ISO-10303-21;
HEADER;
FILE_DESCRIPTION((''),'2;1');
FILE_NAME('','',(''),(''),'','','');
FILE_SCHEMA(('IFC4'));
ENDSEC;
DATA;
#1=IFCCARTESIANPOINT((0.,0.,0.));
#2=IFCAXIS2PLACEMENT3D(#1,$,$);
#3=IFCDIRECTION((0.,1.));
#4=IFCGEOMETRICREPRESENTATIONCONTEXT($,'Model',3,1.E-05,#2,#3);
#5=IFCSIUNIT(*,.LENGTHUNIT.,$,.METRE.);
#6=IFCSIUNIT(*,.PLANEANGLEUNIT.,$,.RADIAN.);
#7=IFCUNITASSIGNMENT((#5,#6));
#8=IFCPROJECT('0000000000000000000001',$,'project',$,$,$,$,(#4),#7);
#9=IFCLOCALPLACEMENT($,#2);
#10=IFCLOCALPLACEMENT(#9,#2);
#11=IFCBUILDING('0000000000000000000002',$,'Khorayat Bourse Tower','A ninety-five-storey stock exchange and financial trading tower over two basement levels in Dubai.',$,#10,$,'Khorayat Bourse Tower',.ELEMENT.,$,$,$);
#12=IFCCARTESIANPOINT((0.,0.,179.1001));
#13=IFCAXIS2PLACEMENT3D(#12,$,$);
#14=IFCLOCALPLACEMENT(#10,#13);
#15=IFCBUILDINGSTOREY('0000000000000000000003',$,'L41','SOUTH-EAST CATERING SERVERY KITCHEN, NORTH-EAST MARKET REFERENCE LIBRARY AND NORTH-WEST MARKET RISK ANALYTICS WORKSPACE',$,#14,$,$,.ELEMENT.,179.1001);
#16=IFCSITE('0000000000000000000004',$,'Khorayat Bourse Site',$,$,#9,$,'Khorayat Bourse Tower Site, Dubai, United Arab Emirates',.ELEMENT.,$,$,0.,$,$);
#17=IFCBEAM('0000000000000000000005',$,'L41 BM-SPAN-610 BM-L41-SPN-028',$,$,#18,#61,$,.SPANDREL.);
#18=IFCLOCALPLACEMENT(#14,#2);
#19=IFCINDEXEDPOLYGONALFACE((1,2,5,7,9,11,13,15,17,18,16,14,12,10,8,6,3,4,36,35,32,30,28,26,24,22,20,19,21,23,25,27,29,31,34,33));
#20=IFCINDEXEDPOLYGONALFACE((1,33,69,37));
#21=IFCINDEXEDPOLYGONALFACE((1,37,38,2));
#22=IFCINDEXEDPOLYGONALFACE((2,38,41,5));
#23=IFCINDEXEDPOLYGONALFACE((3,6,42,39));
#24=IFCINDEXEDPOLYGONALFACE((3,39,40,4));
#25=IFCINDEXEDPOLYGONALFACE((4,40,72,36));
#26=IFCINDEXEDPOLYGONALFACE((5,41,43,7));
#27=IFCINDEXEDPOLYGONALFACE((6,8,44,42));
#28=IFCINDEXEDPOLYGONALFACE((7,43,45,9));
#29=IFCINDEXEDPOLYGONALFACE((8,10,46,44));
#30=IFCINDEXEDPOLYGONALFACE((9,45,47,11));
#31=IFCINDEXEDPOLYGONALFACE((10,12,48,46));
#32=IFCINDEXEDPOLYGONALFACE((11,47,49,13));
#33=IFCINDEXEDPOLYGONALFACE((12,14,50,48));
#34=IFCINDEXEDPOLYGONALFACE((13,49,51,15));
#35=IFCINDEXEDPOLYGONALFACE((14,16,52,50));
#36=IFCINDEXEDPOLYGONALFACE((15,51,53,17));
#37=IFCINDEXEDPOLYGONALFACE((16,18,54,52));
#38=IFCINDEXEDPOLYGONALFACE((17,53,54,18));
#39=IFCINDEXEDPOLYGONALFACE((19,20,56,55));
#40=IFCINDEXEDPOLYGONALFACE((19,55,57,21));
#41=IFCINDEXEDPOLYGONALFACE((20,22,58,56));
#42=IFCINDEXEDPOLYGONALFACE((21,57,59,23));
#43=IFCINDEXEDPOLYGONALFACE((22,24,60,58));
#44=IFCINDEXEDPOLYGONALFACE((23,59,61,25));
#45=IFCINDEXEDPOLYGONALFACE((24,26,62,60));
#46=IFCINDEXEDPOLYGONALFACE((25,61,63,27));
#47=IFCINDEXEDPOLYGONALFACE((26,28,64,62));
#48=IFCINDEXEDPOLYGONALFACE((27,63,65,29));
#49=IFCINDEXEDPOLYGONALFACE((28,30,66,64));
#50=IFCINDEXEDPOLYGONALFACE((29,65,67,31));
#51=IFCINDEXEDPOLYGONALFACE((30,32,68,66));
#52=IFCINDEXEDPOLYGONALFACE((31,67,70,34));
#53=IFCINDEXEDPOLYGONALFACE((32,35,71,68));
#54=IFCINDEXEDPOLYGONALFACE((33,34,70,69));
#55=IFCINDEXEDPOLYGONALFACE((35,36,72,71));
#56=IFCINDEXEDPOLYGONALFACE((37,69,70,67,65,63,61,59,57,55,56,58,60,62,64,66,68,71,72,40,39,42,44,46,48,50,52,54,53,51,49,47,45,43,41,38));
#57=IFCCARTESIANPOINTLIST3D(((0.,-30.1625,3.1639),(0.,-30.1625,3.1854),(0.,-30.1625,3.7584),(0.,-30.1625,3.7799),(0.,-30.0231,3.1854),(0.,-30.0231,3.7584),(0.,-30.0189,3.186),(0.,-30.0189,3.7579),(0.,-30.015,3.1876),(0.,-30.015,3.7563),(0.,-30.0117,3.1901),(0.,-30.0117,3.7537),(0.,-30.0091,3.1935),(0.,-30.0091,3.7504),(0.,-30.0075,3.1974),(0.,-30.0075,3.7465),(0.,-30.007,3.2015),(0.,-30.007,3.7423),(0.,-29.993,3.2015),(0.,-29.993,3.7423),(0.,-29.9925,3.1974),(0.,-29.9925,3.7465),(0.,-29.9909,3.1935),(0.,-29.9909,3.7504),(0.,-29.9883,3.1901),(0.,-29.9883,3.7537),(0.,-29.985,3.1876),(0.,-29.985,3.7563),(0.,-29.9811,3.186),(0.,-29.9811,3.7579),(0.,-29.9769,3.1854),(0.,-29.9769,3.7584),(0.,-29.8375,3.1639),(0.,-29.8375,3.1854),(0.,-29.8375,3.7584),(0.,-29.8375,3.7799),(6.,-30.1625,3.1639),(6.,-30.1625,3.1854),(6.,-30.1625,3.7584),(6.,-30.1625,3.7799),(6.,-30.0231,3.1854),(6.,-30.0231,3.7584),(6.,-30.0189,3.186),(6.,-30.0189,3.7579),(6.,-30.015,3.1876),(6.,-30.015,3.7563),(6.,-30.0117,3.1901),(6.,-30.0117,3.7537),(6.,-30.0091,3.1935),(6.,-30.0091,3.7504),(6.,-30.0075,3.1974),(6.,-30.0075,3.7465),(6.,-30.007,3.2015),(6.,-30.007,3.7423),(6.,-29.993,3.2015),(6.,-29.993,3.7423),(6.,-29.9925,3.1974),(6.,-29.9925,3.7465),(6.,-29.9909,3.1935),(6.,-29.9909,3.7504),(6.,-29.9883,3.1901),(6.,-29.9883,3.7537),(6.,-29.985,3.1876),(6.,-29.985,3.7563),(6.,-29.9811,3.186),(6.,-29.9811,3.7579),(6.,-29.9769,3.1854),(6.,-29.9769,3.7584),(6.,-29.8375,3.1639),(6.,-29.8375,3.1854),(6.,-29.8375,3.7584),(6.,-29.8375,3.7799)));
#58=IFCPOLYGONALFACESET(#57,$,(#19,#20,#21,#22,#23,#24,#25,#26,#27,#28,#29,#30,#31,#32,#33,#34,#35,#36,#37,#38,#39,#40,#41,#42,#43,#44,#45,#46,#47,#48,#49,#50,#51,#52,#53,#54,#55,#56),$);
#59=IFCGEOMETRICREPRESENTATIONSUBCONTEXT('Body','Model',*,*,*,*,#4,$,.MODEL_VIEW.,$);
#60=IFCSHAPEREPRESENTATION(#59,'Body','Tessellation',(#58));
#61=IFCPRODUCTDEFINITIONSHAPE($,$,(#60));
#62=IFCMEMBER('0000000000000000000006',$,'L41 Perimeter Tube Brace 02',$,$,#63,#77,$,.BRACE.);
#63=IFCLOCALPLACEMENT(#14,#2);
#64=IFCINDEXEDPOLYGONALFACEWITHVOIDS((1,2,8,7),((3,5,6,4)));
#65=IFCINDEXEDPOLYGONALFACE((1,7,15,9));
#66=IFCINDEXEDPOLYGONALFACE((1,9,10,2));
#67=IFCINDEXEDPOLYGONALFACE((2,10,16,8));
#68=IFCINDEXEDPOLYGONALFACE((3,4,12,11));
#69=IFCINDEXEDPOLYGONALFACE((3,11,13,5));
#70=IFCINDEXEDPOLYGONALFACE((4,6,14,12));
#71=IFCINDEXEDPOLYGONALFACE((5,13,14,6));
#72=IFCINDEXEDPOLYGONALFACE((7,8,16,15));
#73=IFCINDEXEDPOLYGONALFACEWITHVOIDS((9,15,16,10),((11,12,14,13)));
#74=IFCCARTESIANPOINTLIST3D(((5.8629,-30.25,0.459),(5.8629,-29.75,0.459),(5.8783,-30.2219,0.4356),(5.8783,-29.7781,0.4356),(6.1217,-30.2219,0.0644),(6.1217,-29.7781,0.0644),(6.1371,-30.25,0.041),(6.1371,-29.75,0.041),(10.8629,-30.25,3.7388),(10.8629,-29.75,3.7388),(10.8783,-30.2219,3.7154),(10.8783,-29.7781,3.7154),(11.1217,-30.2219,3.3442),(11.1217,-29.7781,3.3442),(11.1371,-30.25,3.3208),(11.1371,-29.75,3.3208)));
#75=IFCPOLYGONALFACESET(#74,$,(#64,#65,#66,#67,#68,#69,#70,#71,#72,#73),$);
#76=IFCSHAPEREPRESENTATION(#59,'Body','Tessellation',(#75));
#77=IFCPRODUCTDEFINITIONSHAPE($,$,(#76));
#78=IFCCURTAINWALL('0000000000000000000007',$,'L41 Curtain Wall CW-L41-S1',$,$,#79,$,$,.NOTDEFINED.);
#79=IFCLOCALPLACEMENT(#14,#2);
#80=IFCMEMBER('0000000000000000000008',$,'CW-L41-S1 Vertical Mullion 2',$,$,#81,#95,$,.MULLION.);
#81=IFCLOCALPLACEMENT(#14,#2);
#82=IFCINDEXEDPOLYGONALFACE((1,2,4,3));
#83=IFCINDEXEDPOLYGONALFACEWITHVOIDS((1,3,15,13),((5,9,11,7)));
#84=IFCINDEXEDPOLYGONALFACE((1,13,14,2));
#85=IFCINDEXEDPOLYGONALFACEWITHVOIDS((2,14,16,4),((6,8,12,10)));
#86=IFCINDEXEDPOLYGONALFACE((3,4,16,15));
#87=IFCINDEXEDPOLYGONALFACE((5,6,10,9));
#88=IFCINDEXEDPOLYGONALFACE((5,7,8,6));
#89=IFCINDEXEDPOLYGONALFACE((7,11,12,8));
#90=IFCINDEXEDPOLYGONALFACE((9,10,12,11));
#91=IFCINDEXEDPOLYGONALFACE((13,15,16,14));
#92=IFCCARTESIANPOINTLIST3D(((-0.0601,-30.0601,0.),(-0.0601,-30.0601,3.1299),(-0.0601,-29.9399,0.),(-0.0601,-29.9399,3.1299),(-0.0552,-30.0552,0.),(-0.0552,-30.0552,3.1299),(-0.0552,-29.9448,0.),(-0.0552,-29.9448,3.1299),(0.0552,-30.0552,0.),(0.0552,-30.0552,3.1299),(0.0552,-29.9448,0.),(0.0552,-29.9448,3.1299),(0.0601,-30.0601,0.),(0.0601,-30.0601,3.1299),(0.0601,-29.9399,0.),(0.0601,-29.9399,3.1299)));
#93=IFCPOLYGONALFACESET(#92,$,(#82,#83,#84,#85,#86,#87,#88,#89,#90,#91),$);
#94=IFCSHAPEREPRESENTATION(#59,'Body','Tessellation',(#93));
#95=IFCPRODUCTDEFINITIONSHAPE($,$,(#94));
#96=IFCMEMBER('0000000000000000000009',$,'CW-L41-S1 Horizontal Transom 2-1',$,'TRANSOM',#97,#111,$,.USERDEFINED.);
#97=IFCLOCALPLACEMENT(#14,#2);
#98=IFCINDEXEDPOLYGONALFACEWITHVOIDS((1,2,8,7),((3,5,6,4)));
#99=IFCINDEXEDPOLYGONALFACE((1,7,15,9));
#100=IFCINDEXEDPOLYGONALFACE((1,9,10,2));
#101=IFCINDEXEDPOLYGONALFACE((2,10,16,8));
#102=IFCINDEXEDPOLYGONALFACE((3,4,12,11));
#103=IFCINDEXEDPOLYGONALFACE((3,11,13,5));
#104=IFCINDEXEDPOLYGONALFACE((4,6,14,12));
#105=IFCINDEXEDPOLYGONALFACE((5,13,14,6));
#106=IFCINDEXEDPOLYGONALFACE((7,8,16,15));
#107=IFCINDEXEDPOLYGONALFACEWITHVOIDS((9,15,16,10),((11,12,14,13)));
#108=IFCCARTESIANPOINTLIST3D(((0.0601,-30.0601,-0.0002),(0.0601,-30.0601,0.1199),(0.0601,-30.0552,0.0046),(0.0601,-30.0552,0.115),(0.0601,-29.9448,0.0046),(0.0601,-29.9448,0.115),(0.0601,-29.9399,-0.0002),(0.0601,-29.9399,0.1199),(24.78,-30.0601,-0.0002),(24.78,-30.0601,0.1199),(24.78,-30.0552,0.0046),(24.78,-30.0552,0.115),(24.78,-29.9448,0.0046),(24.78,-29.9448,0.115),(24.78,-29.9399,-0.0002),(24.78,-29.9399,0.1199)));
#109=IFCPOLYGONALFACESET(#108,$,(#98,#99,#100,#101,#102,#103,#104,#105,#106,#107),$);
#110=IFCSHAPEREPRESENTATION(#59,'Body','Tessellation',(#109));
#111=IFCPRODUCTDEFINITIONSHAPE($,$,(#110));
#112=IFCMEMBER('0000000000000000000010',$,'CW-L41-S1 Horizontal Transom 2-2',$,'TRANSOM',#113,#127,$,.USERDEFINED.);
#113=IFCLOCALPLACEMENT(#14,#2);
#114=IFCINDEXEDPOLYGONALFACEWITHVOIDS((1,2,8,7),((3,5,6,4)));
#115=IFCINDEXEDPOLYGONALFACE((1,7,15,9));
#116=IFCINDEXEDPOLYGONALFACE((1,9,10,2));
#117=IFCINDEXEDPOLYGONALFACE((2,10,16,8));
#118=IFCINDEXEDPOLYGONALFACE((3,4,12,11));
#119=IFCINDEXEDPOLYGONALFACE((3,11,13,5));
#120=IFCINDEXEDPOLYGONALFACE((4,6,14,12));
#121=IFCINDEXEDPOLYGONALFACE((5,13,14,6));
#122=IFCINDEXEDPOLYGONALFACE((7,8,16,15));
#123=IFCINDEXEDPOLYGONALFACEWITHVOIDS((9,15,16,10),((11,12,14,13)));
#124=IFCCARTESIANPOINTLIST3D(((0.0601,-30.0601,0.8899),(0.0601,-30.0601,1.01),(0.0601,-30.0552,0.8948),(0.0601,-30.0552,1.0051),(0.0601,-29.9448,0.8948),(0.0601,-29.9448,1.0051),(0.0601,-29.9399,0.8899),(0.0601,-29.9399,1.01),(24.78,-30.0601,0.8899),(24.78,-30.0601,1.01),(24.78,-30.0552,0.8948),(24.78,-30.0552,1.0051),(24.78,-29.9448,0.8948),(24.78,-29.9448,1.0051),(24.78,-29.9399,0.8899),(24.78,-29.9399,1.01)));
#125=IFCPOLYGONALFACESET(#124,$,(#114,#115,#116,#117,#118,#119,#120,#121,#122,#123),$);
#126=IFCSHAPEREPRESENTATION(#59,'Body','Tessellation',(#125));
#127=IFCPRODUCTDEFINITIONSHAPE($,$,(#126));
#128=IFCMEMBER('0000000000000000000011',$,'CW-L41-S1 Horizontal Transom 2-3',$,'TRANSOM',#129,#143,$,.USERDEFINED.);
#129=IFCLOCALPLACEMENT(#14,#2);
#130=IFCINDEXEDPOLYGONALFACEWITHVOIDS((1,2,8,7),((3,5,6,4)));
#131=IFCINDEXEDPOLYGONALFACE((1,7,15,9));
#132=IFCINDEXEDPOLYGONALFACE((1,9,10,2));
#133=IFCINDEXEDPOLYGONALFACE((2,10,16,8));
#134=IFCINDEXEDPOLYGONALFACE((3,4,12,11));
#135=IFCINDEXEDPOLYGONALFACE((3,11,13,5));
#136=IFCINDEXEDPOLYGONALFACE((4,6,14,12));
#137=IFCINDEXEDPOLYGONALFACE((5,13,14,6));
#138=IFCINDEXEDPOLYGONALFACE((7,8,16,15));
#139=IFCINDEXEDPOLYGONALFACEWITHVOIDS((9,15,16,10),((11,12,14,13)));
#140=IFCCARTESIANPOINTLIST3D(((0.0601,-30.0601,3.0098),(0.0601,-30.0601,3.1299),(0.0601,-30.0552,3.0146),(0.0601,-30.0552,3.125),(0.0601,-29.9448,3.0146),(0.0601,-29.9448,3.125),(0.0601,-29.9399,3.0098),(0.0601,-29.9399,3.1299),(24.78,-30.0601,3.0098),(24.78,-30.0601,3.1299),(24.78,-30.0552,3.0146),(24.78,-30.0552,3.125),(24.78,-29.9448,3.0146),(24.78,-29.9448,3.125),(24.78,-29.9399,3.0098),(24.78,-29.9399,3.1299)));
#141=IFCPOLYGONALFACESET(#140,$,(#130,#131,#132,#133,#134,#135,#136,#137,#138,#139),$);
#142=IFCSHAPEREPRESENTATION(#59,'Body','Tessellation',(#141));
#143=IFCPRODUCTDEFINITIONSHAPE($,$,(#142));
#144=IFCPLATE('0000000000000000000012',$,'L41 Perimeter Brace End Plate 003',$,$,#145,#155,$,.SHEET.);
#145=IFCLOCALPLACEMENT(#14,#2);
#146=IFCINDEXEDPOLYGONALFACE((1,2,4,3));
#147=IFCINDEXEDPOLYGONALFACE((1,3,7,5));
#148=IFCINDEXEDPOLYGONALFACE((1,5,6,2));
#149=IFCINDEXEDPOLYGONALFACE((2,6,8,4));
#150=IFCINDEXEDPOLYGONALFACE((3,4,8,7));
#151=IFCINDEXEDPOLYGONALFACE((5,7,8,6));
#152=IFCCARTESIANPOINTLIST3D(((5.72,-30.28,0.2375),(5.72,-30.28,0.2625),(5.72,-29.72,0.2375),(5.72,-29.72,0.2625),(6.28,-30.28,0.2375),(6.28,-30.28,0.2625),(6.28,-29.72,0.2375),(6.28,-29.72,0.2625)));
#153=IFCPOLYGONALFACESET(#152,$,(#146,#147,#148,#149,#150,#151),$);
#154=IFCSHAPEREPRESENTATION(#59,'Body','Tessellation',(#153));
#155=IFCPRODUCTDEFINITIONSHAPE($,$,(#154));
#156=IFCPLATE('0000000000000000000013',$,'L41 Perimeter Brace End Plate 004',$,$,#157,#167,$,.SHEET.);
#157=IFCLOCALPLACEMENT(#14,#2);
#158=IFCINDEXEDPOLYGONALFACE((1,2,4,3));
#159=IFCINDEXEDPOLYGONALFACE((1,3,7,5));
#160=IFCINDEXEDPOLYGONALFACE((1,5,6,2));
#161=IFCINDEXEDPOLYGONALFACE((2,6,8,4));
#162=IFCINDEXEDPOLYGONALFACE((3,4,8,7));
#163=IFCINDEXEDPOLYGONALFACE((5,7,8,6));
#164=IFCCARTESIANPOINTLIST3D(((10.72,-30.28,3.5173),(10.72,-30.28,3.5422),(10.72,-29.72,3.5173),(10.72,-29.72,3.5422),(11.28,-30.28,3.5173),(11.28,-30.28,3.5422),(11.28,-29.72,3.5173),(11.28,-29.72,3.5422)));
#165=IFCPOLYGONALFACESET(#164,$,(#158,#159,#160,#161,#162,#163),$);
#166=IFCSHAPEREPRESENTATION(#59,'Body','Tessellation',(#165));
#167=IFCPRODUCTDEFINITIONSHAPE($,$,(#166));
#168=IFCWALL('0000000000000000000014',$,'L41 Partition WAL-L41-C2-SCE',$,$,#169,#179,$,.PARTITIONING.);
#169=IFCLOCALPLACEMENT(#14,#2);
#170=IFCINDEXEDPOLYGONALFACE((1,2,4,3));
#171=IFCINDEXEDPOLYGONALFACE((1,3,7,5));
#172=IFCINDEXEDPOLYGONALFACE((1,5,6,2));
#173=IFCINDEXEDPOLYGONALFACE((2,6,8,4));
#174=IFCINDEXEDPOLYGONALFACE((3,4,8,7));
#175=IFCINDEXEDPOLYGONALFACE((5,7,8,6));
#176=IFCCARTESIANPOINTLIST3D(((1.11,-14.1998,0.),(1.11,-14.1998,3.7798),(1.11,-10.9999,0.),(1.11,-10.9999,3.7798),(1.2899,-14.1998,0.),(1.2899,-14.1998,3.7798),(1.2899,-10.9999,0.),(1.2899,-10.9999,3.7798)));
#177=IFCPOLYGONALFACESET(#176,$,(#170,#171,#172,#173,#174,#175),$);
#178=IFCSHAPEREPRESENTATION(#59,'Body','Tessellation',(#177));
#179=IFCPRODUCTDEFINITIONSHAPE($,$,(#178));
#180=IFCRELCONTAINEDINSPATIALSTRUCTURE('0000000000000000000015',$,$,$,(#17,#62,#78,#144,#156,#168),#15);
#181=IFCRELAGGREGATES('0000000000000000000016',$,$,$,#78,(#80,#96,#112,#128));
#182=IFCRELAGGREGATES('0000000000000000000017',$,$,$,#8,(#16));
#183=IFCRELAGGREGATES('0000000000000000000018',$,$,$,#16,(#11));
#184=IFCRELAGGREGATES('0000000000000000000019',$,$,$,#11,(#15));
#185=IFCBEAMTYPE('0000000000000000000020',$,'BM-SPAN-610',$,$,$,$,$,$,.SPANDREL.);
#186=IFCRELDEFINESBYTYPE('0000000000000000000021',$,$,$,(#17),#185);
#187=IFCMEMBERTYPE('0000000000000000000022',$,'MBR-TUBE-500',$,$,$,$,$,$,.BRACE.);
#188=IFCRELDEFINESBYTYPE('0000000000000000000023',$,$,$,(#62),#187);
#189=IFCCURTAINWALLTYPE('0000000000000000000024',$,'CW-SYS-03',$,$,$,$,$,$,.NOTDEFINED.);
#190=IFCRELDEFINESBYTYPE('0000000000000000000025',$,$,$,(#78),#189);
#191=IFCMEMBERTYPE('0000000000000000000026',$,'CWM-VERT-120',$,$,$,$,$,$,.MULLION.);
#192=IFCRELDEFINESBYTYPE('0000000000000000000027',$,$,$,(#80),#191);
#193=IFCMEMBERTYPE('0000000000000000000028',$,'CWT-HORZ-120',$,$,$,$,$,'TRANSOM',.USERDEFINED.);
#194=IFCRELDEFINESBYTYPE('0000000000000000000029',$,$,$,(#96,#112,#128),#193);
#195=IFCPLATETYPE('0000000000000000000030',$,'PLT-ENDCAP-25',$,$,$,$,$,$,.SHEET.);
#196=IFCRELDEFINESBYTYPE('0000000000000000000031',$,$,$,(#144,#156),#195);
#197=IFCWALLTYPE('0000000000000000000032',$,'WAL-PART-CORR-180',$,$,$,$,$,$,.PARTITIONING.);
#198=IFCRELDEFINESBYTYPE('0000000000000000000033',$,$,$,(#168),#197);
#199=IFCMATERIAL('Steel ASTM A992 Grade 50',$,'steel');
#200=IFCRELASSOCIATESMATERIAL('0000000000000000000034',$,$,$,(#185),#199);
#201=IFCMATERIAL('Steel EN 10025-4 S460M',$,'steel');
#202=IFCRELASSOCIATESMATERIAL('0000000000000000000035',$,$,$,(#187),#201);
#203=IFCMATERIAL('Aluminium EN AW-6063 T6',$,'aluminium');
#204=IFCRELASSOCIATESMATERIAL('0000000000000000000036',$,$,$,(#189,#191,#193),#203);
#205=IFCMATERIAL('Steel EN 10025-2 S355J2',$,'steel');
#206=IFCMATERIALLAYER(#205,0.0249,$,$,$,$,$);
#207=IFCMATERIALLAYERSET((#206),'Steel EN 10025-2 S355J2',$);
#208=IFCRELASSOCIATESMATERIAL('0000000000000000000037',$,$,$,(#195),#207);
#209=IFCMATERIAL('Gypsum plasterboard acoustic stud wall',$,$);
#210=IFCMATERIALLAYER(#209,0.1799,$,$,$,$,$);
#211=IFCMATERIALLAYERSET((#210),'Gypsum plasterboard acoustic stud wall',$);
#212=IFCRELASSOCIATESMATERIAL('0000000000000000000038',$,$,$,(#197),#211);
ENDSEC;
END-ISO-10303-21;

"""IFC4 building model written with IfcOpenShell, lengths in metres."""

from ifc_helpers import new_model, si_unit, direction, frame, frame_2d, origin, origin_2d, place, context, subcontext, project, spatial, rectangle, hollow_rectangle, i_section, extrude, source, transform, mapped, material, layer, layer_set, material_profile, profile_set, type_object, element, aggregate, save


model = new_model("IFC4")

# Units and contexts
model_context = context("Model", 3, precision=1e-05, world=origin(), true_north=direction((0.0, 1.0)))
body_context = subcontext(model_context, "Body", "Model", "MODEL_VIEW")
ifc_project = project(units=[si_unit("LENGTHUNIT", "METRE"), si_unit("PLANEANGLEUNIT", "RADIAN")], contexts=[model_context])

# Site, building, storey
site_placement = place(None, origin())
site = spatial("IfcSite", under=ifc_project, at=site_placement, Name="Khorayat Bourse Site", LongName="Khorayat Bourse Tower Site, Dubai, United Arab Emirates", CompositionType="ELEMENT", RefElevation=0.0)
building_placement = place(site_placement, origin())
building = spatial("IfcBuilding", under=site, at=building_placement, Name="Khorayat Bourse Tower", Description="A ninety-five-storey stock exchange and financial trading tower over two basement levels in Dubai.", LongName="Khorayat Bourse Tower", CompositionType="ELEMENT")
storey_placement = place(building_placement, frame((0.0, 0.0, 179.1001)))
storey = spatial("IfcBuildingStorey", under=building, at=storey_placement, Name="L41", Description="SOUTH-EAST CATERING SERVERY KITCHEN, NORTH-EAST MARKET REFERENCE LIBRARY AND NORTH-WEST MARKET RISK ANALYTICS WORKSPACE", CompositionType="ELEMENT", Elevation=179.1001)

# Shared definitions
ifc_material_1 = material(Name="Steel EN 10025-4 S460M", Category="steel")

# Beam
ifc_material_2 = material(Name="Steel ASTM A992 Grade 50", Category="steel")
ifc_material_profile_1 = material_profile(ifc_material_2, i_section(OverallWidth=0.325, OverallDepth=0.616, WebThickness=0.0139, FlangeThickness=0.0215, FilletRadius=0.0161, at=origin_2d()), Name="W610X174")
ifc_profile_set_1 = profile_set([ifc_material_profile_1], Name="Steel ASTM A992 Grade 50")
beam_type_1 = type_object("IfcBeamType", Name="BM-SPAN-610", PredefinedType="SPANDREL", material=ifc_profile_set_1)
shared_shape_1 = source(origin(), body_context, "Body", "SweptSolid", [
    extrude(i_section(OverallWidth=0.325, OverallDepth=0.616, WebThickness=0.0139, FlangeThickness=0.0215, FilletRadius=0.0161, at=origin_2d()), origin(), (0.0, 0.0, 1.0), 6.0),
])
beam_1_placement = place(storey_placement, frame((0.0, -30.0, 3.4719), z_axis=(1.0, 0.0, 0.0), x_axis=(0.0, 1.0, 0.0)))
element("IfcBeam", 1, at=beam_1_placement, inside=storey, type_object=beam_type_1, Name="L41 BM-SPAN-610 BM-L41-SPN-028", PredefinedType="SPANDREL", context=body_context, shape_type="MappedRepresentation", body=[
    mapped(shared_shape_1, transform((0.0, 0.0, 0.0), scale=1.0)),
])

# Member
ifc_material_profile_2 = material_profile(ifc_material_1, hollow_rectangle(XDim=0.5, YDim=0.5, WallThickness=0.0281, at=origin_2d()), Name="HSS 500x500x28")
ifc_profile_set_2 = profile_set([ifc_material_profile_2], Name="Steel EN 10025-4 S460M")
member_type_1 = type_object("IfcMemberType", Name="MBR-TUBE-500", PredefinedType="BRACE", material=ifc_profile_set_2)
shared_shape_2 = source(origin(), body_context, "Body", "SweptSolid", [
    extrude(hollow_rectangle(XDim=0.5, YDim=0.5, WallThickness=0.0281, at=origin_2d()), origin(), (0.0, 0.0, 1.0), 5.9797),
])
member_1_placement = place(storey_placement, frame((6.0, -30.0, 0.25), z_axis=(0.83616, 0.0, 0.548485), x_axis=(0.0, 1.0, 0.0)))
element("IfcMember", 2, at=member_1_placement, inside=storey, type_object=member_type_1, Name="L41 Perimeter Tube Brace 02", PredefinedType="BRACE", context=body_context, shape_type="MappedRepresentation", body=[
    mapped(shared_shape_2, transform((0.0, 0.0, 0.0), scale=1.0)),
])

# Curtain wall, members
ifc_material_3 = material(Name="Aluminium EN AW-6063 T6", Category="aluminium")
curtain_wall_type = type_object("IfcCurtainWallType", Name="CW-SYS-03", PredefinedType="NOTDEFINED", material=ifc_material_3)
curtain_wall_placement = place(storey_placement, origin())
curtain_wall = element("IfcCurtainWall", 3, at=curtain_wall_placement, inside=storey, type_object=curtain_wall_type, Name="L41 Curtain Wall CW-L41-S1", PredefinedType="NOTDEFINED")
ifc_material_profile_3 = material_profile(ifc_material_3, hollow_rectangle(XDim=0.1201, YDim=0.1201, WallThickness=0.0049, at=origin_2d()), Name="ALU 120x120x5")
ifc_profile_set_3 = profile_set([ifc_material_profile_3], Name="Aluminium EN AW-6063 T6")
member_type_2 = type_object("IfcMemberType", Name="CWM-VERT-120", PredefinedType="MULLION", material=ifc_profile_set_3)
shared_shape_3 = source(origin(), body_context, "Body", "SweptSolid", [
    extrude(hollow_rectangle(XDim=0.1201, YDim=0.1201, WallThickness=0.0049, at=origin_2d()), origin(), (0.0, 0.0, 1.0), 3.1299),
])
member_2_placement = place(storey_placement, frame((0.0, -30.0, 0.0), z_axis=(0.0, 0.0, 1.0), x_axis=(0.0, 1.0, 0.0)))
member_2 = element("IfcMember", 4, at=member_2_placement, type_object=member_type_2, Name="CW-L41-S1 Vertical Mullion 2", PredefinedType="MULLION", context=body_context, shape_type="MappedRepresentation", body=[
    mapped(shared_shape_3, transform((0.0, 0.0, 0.0), scale=1.0)),
])
ifc_material_profile_4 = material_profile(ifc_material_3, hollow_rectangle(XDim=0.1201, YDim=0.1201, WallThickness=0.0049, at=origin_2d()), Name="ALU 120x120x5")
ifc_profile_set_4 = profile_set([ifc_material_profile_4], Name="Aluminium EN AW-6063 T6")
member_type_3 = type_object("IfcMemberType", Name="CWT-HORZ-120", ElementType="TRANSOM", PredefinedType="USERDEFINED", material=ifc_profile_set_4)
shared_shape_4 = source(origin(), body_context, "Body", "SweptSolid", [
    extrude(hollow_rectangle(XDim=0.1201, YDim=0.1201, WallThickness=0.0049, at=origin_2d()), origin(), (0.0, 0.0, 1.0), 24.72),
])
member_3_placement = place(storey_placement, frame((0.0601, -30.0, 0.0598), z_axis=(1.0, 0.0, 0.0), x_axis=(0.0, 1.0, 0.0)))
member_3 = element("IfcMember", 5, at=member_3_placement, type_object=member_type_3, Name="CW-L41-S1 Horizontal Transom 2-1", ObjectType="TRANSOM", PredefinedType="USERDEFINED", context=body_context, shape_type="MappedRepresentation", body=[
    mapped(shared_shape_4, transform((0.0, 0.0, 0.0), scale=1.0)),
])
member_4_placement = place(storey_placement, frame((0.0601, -30.0, 0.95), z_axis=(1.0, 0.0, 0.0), x_axis=(0.0, 1.0, 0.0)))
member_4 = element("IfcMember", 6, at=member_4_placement, type_object=member_type_3, Name="CW-L41-S1 Horizontal Transom 2-2", ObjectType="TRANSOM", PredefinedType="USERDEFINED", context=body_context, shape_type="MappedRepresentation", body=[
    mapped(shared_shape_4, transform((0.0, 0.0, 0.0), scale=1.0)),
])
member_5_placement = place(storey_placement, frame((0.0601, -30.0, 3.0698), z_axis=(1.0, 0.0, 0.0), x_axis=(0.0, 1.0, 0.0)))
member_5 = element("IfcMember", 7, at=member_5_placement, type_object=member_type_3, Name="CW-L41-S1 Horizontal Transom 2-3", ObjectType="TRANSOM", PredefinedType="USERDEFINED", context=body_context, shape_type="MappedRepresentation", body=[
    mapped(shared_shape_4, transform((0.0, 0.0, 0.0), scale=1.0)),
])
aggregate(curtain_wall, [member_2, member_3, member_4, member_5])

# Plates
ifc_material_4 = material(Name="Steel EN 10025-2 S355J2", Category="steel")
ifc_layer_1 = layer(ifc_material_4, 0.0249)
ifc_layer_set_1 = layer_set([ifc_layer_1], Name="Steel EN 10025-2 S355J2")
plate_type = type_object("IfcPlateType", Name="PLT-ENDCAP-25", PredefinedType="SHEET", material=ifc_layer_set_1)
shared_shape_5 = source(origin(), body_context, "Body", "SweptSolid", [
    extrude(rectangle(XDim=0.5601, YDim=0.5601, at=origin_2d()), origin(), (0.0, 0.0, 1.0), 0.0249),
])
for number, where, z_axis, x_axis, name in (
    (8, (6.0, -30.0, 0.2375), (0.0, 0.0, 1.0), (1.0, 0.0, 0.0), "L41 Perimeter Brace End Plate 003"),
    (9, (11.0, -30.0, 3.5173), (0.0, 0.0, 1.0), (1.0, 0.0, 0.0), "L41 Perimeter Brace End Plate 004"),
):
    element("IfcPlate", number, at=place(storey_placement, frame(where, z_axis=z_axis, x_axis=x_axis)), inside=storey, type_object=plate_type, Name=name, PredefinedType="SHEET", context=body_context, shape_type="MappedRepresentation", body=[
        mapped(shared_shape_5, transform((0.0, 0.0, 0.0), scale=1.0)),
    ])

# Wall
ifc_material_5 = material(Name="Gypsum plasterboard acoustic stud wall")
ifc_layer_2 = layer(ifc_material_5, 0.1799)
ifc_layer_set_2 = layer_set([ifc_layer_2], Name="Gypsum plasterboard acoustic stud wall")
wall_type = type_object("IfcWallType", Name="WAL-PART-CORR-180", PredefinedType="PARTITIONING", material=ifc_layer_set_2)
shared_shape_6 = source(origin(), body_context, "Body", "SweptSolid", [
    extrude(rectangle(XDim=3.2, YDim=0.1799, at=frame_2d((1.6001, 0.0))), origin(), (0.0, 0.0, 1.0), 3.7798),
])
wall_1_placement = place(storey_placement, frame((1.2, -14.2, 0.0), z_axis=(0.0, 0.0, 1.0), x_axis=(0.0, 1.0, 0.0)))
element("IfcWall", 10, at=wall_1_placement, inside=storey, type_object=wall_type, Name="L41 Partition WAL-L41-C2-SCE", PredefinedType="PARTITIONING", context=body_context, shape_type="MappedRepresentation", body=[
    mapped(shared_shape_6, transform((0.0, 0.0, 0.0), scale=1.0)),
])

save(model, "model.ifc")
